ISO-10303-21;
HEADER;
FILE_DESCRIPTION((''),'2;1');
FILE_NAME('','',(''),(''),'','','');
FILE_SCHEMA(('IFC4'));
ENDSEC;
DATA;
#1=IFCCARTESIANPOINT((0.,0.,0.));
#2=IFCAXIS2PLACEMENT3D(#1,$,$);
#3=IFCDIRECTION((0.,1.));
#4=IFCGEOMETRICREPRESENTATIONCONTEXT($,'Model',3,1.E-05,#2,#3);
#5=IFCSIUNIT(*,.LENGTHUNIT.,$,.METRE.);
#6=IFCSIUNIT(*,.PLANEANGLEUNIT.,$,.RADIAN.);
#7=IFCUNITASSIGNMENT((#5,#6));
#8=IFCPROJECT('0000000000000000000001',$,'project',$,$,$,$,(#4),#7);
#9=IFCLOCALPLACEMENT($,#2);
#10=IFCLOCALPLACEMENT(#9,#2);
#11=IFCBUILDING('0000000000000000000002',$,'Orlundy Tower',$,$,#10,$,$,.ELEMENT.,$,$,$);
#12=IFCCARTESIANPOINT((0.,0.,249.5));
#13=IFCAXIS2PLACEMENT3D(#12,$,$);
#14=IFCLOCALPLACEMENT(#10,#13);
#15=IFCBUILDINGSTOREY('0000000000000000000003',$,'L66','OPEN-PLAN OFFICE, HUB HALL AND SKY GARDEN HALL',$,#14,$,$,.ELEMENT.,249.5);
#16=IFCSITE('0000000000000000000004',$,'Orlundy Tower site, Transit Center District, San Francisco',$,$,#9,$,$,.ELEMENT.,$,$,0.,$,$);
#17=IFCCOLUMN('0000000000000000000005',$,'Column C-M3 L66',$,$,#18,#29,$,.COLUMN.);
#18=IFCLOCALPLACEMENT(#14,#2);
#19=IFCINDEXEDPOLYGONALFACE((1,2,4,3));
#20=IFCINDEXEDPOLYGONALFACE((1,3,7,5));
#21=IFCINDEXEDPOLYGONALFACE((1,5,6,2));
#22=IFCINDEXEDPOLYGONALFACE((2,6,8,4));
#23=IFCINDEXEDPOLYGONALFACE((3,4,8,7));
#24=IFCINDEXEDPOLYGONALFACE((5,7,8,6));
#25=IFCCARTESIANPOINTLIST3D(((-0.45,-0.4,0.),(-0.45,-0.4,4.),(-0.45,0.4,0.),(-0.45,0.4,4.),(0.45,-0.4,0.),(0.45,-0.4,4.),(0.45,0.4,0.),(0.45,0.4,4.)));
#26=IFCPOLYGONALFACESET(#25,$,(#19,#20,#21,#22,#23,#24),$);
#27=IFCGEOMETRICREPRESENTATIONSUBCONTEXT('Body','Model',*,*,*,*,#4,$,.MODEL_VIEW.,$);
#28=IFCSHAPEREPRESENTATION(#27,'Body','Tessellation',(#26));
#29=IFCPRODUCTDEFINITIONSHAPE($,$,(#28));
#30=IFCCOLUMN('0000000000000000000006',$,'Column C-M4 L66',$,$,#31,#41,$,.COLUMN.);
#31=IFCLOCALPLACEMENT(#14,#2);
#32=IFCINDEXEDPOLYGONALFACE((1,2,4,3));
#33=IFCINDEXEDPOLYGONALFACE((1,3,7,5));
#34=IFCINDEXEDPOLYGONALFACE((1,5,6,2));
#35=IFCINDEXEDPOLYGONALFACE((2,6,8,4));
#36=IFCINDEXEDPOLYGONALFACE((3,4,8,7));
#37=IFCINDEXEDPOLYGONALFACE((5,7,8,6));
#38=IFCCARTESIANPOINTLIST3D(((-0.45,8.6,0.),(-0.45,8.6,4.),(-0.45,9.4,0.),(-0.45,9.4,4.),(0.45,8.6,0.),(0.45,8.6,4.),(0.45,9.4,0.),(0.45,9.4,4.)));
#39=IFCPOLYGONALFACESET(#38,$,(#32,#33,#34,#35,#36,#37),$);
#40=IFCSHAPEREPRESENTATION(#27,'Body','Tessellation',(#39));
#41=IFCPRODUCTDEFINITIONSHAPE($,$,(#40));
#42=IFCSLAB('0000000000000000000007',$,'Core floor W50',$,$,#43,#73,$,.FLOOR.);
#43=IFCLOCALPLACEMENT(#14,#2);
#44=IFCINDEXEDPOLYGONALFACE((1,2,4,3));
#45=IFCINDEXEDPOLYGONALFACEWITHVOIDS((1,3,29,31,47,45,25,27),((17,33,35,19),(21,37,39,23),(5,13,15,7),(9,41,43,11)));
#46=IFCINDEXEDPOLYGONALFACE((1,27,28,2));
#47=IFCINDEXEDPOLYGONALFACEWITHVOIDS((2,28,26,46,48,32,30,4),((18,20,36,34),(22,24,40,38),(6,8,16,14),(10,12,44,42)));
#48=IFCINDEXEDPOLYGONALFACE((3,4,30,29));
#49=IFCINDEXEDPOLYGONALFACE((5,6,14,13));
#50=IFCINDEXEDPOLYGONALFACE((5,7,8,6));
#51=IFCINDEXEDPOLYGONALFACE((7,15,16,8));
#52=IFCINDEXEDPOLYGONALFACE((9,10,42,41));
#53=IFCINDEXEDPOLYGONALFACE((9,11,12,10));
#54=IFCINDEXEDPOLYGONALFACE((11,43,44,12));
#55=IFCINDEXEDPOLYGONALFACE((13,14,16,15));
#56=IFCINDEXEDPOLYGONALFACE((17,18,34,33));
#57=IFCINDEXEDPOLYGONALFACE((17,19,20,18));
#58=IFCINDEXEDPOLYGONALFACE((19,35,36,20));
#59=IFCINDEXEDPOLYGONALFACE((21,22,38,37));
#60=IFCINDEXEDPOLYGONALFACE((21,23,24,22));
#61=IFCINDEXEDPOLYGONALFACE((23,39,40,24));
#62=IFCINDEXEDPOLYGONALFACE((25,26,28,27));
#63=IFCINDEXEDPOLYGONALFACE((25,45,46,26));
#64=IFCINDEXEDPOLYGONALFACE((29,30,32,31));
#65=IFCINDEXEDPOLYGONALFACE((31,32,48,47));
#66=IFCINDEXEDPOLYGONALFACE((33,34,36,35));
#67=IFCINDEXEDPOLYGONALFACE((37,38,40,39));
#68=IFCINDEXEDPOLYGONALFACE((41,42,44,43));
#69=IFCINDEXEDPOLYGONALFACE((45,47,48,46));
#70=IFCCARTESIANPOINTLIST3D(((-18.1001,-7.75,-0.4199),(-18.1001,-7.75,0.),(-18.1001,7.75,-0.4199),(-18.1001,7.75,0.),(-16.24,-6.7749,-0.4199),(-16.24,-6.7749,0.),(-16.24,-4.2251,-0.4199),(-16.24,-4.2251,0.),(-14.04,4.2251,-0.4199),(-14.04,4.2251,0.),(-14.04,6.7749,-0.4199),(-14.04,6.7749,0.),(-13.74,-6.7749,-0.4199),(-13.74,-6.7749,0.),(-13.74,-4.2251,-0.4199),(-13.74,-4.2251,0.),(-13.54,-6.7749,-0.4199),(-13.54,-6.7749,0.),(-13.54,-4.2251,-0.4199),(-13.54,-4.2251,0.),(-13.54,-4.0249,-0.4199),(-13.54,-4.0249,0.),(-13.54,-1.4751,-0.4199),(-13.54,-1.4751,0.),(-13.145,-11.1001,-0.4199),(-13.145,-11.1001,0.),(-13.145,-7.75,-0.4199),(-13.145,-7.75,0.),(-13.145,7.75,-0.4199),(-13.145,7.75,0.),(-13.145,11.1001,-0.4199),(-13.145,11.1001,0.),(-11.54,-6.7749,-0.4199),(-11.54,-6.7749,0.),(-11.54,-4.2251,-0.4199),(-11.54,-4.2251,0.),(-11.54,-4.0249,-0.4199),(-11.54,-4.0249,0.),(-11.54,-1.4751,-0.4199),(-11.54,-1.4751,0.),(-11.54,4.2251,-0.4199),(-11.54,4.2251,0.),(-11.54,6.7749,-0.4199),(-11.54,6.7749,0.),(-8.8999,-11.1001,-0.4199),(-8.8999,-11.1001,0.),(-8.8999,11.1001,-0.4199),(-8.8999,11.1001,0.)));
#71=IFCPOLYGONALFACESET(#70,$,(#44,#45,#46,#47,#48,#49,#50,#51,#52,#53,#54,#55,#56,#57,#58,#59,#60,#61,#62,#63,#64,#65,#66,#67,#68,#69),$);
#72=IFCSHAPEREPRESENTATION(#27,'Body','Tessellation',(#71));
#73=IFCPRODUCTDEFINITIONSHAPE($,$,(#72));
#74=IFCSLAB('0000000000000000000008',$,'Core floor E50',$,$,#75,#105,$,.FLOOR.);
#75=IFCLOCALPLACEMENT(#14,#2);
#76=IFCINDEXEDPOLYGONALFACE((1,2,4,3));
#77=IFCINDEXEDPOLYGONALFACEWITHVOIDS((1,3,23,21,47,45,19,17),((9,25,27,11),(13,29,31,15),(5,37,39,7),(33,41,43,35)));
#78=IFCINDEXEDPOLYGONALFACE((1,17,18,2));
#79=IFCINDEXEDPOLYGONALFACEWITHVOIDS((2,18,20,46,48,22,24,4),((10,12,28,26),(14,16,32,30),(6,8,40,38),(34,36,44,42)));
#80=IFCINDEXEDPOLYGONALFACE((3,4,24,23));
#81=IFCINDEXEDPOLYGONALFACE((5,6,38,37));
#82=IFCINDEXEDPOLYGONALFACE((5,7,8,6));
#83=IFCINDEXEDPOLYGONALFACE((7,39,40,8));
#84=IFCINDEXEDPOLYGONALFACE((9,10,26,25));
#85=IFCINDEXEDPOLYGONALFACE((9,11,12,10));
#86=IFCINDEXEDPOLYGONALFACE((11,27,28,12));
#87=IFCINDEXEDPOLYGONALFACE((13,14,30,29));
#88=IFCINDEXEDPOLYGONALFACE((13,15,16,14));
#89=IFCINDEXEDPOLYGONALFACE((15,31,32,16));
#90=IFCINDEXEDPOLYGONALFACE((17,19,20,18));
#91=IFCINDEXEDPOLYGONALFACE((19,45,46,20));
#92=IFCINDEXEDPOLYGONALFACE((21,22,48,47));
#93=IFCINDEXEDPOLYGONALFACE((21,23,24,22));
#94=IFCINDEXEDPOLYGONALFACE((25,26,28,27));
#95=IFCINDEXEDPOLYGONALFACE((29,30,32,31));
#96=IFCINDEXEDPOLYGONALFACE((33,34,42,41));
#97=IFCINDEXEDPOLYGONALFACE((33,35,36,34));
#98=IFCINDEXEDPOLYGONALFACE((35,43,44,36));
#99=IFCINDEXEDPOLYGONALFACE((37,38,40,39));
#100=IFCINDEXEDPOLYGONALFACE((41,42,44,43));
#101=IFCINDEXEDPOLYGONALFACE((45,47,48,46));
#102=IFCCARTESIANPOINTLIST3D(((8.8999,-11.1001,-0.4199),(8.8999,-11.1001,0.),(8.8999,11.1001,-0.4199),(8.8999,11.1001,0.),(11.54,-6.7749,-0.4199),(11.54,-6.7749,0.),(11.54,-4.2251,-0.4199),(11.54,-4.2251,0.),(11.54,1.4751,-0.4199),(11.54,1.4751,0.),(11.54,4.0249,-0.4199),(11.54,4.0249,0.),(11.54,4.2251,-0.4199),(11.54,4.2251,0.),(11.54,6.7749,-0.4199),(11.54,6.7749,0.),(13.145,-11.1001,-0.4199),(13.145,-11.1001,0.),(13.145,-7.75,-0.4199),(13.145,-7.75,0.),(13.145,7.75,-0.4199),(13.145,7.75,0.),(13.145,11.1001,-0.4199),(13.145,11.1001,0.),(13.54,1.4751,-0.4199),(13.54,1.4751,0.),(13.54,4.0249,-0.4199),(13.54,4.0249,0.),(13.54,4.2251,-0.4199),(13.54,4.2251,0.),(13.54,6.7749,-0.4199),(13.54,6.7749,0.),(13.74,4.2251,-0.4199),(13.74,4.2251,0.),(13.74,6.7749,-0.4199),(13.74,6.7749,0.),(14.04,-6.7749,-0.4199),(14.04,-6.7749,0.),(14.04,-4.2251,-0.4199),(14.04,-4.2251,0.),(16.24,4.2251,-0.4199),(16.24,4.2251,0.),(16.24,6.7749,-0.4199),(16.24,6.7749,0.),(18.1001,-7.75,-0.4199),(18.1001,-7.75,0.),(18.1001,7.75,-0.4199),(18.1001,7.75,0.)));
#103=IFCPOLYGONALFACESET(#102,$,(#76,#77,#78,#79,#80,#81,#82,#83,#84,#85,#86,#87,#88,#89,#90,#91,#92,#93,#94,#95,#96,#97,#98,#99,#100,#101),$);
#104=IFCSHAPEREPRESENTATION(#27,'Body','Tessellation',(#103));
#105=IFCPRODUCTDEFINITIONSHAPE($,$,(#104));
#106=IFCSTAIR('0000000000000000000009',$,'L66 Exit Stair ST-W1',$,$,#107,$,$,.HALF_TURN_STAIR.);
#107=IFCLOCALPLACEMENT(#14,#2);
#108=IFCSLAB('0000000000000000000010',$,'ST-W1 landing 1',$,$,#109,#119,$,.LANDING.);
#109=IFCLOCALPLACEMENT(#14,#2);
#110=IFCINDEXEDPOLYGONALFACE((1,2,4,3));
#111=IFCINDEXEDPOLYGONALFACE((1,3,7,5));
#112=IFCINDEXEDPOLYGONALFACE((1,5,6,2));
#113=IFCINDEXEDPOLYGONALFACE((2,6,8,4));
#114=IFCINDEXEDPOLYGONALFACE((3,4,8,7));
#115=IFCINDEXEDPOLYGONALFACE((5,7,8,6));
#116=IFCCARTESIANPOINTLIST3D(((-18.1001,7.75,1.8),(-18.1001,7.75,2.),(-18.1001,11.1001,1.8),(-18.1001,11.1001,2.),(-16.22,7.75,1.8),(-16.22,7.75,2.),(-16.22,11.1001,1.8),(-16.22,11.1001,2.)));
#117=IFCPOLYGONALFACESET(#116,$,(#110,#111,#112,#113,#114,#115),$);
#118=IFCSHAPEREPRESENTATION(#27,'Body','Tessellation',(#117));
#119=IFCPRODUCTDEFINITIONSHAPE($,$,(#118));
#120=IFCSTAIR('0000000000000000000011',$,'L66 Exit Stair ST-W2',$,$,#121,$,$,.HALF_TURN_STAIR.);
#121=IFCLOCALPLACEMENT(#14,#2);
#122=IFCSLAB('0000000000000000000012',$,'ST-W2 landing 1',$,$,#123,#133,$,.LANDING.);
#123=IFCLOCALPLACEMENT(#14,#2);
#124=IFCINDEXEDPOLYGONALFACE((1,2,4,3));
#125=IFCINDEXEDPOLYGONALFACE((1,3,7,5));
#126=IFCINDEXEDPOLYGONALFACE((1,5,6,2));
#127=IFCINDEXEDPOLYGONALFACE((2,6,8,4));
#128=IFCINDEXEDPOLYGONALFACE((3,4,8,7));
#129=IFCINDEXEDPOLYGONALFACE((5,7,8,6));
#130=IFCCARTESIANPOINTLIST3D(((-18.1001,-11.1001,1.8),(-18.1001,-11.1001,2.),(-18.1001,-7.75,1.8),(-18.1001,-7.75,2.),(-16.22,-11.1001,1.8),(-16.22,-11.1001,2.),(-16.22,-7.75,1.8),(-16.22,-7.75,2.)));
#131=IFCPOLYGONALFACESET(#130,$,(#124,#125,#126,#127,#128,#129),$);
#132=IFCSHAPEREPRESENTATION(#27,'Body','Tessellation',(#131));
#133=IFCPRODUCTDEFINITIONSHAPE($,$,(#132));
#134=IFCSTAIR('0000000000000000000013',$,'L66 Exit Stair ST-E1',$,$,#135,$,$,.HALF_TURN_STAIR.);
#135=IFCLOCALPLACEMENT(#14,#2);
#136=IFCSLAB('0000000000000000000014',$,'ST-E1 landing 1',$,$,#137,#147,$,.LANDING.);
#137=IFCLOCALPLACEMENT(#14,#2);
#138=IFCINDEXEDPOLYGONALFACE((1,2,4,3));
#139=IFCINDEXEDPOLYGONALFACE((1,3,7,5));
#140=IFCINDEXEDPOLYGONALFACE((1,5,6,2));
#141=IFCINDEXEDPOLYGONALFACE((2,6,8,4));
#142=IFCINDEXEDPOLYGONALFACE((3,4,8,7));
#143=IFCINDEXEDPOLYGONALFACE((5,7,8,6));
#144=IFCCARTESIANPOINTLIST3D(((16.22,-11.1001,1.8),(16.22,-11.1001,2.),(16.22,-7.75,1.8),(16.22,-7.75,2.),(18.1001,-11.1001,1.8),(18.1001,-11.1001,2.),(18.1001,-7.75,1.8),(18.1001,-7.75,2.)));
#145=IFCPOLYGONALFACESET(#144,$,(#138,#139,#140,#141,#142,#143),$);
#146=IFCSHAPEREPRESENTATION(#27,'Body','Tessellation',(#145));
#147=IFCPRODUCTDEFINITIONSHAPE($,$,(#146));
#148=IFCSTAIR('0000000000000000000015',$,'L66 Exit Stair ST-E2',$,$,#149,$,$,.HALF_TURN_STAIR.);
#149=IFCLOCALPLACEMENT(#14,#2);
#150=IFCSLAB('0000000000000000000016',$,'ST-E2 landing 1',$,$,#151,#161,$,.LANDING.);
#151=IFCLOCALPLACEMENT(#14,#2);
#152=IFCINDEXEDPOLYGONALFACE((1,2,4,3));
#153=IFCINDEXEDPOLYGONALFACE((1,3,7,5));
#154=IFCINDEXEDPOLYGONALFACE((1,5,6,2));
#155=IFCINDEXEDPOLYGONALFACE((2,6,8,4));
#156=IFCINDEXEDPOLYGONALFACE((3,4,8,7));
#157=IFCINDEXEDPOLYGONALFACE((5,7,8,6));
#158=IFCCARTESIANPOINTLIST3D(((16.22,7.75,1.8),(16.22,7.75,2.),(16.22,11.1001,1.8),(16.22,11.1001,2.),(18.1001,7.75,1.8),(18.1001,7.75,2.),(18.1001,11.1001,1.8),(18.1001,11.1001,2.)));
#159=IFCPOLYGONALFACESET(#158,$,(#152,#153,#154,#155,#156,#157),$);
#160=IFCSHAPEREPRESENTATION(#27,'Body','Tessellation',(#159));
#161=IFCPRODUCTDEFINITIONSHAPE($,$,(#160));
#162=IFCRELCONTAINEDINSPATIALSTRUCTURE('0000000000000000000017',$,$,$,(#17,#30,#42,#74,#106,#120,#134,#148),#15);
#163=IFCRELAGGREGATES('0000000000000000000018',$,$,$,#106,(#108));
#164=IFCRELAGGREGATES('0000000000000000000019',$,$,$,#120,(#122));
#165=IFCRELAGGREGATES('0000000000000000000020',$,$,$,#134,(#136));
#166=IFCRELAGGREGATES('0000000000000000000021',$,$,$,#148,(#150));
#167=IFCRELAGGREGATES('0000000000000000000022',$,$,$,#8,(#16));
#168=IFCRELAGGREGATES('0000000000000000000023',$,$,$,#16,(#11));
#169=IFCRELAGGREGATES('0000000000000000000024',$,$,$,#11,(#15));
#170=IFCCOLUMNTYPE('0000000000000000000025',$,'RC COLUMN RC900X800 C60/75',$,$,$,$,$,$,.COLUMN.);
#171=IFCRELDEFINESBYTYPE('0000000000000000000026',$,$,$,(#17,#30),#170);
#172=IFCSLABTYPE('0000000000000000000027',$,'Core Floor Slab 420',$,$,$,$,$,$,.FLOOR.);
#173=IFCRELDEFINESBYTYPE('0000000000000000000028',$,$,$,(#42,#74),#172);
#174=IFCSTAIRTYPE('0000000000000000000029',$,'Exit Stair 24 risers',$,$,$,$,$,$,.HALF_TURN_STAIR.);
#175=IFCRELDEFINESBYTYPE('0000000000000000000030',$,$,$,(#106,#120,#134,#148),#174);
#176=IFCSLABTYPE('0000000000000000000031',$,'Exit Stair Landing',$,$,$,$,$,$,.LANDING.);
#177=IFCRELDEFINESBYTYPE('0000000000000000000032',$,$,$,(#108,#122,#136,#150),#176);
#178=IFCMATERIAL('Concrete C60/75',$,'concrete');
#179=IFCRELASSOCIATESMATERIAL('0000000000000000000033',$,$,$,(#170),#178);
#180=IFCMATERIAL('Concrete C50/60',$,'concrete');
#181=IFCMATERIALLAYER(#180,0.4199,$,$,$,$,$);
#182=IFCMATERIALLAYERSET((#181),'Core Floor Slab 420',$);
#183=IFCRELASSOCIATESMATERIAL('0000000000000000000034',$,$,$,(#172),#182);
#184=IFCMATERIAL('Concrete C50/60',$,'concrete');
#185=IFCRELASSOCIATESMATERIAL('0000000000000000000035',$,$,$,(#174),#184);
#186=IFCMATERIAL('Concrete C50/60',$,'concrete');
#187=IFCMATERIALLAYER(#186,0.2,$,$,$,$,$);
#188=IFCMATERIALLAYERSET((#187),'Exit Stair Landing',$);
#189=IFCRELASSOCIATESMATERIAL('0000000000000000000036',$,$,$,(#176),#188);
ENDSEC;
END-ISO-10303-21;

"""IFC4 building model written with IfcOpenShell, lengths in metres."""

from ifc_helpers import new_model, si_unit, direction, frame, origin, origin_2d, place, context, subcontext, project, spatial, polyline, rectangle, outline, extrude, material, layer, layer_set, material_profile, profile_set, type_object, element, aggregate, save


model = new_model("IFC4")

# Units and contexts
model_context = context("Model", 3, precision=1e-05, world=origin(), true_north=direction((0.0, 1.0)))
body_context = subcontext(model_context, "Body", "Model", "MODEL_VIEW")
ifc_project = project(units=[si_unit("LENGTHUNIT", "METRE"), si_unit("PLANEANGLEUNIT", "RADIAN")], contexts=[model_context])

# Site, building, storey
site_placement = place(None, origin())
site = spatial("IfcSite", under=ifc_project, at=site_placement, Name="Orlundy Tower site, Transit Center District, San Francisco", CompositionType="ELEMENT", RefElevation=0.0)
building_placement = place(site_placement, origin())
building = spatial("IfcBuilding", under=site, at=building_placement, Name="Orlundy Tower", CompositionType="ELEMENT")
storey_placement = place(building_placement, frame((0.0, 0.0, 249.5)))
storey = spatial("IfcBuildingStorey", under=building, at=storey_placement, Name="L66", Description="OPEN-PLAN OFFICE, HUB HALL AND SKY GARDEN HALL", CompositionType="ELEMENT", Elevation=249.5)

# Columns
ifc_material_1 = material(Name="Concrete C60/75", Category="concrete")
ifc_material_profile = material_profile(ifc_material_1, rectangle(XDim=0.8999, YDim=0.8, at=origin_2d()), Name="RC900X800")
ifc_profile_set = profile_set([ifc_material_profile], Name="Concrete C60/75")
column_type = type_object("IfcColumnType", Name="RC COLUMN RC900X800 C60/75", PredefinedType="COLUMN", material=ifc_profile_set)
for number, where, z_axis, x_axis, name in (
    (1, (0.0, 0.0, 0.0), (0.0, 0.0, 1.0), (1.0, 0.0, 0.0), "Column C-M3 L66"),
    (2, (0.0, 9.0, 0.0), (0.0, 0.0, 1.0), (1.0, 0.0, 0.0), "Column C-M4 L66"),
):
    element("IfcColumn", number, at=place(storey_placement, frame(where, z_axis=z_axis, x_axis=x_axis)), inside=storey, type_object=column_type, Name=name, PredefinedType="COLUMN", context=body_context, shape_type="SweptSolid", body=[
        extrude(rectangle(XDim=0.8999, YDim=0.8, at=origin_2d()), origin(), (0.0, 0.0, 1.0), 4.0),
    ])

# Slabs
ifc_material_2 = material(Name="Concrete C50/60", Category="concrete")
ifc_layer_1 = layer(ifc_material_2, 0.4199)
ifc_layer_set_1 = layer_set([ifc_layer_1], Name="Core Floor Slab 420")
slab_type_1 = type_object("IfcSlabType", Name="Core Floor Slab 420", PredefinedType="FLOOR", material=ifc_layer_set_1)
slab_1_placement = place(storey_placement, frame((0.0, 0.0, -0.4199)))
element("IfcSlab", 3, at=slab_1_placement, inside=storey, type_object=slab_type_1, Name="Core floor W50", PredefinedType="FLOOR", context=body_context, shape_type="SweptSolid", body=[
    extrude(outline(polyline([(-18.1001, 7.75), (-13.145, 7.75), (-13.145, 11.1001), (-8.8999, 11.1001), (-8.8999, -11.1001), (-13.145, -11.1001), (-13.145, -7.75), (-18.1001, -7.75), (-18.1001, 7.75)]), holes=[polyline([(-13.54, -4.2251), (-13.54, -6.7749), (-11.54, -6.7749), (-11.54, -4.2251), (-13.54, -4.2251)]), polyline([(-13.74, -4.2251), (-16.24, -4.2251), (-16.24, -6.7749), (-13.74, -6.7749), (-13.74, -4.2251)]), polyline([(-11.54, -4.0249), (-11.54, -1.4751), (-13.54, -1.4751), (-13.54, -4.0249), (-11.54, -4.0249)]), polyline([(-14.04, 4.2251), (-11.54, 4.2251), (-11.54, 6.7749), (-14.04, 6.7749), (-14.04, 4.2251)])]), origin(), (0.0, 0.0, 1.0), 0.4199),
])
slab_2_placement = place(storey_placement, frame((0.0, 0.0, -0.4199)))
element("IfcSlab", 4, at=slab_2_placement, inside=storey, type_object=slab_type_1, Name="Core floor E50", PredefinedType="FLOOR", context=body_context, shape_type="SweptSolid", body=[
    extrude(outline(polyline([(18.1001, -7.75), (13.145, -7.75), (13.145, -11.1001), (8.8999, -11.1001), (8.8999, 11.1001), (13.145, 11.1001), (13.145, 7.75), (18.1001, 7.75), (18.1001, -7.75)]), holes=[polyline([(13.54, 4.2251), (13.54, 6.7749), (11.54, 6.7749), (11.54, 4.2251), (13.54, 4.2251)]), polyline([(13.74, 4.2251), (16.24, 4.2251), (16.24, 6.7749), (13.74, 6.7749), (13.74, 4.2251)]), polyline([(11.54, 4.0249), (11.54, 1.4751), (13.54, 1.4751), (13.54, 4.0249), (11.54, 4.0249)]), polyline([(14.04, -4.2251), (11.54, -4.2251), (11.54, -6.7749), (14.04, -6.7749), (14.04, -4.2251)])]), origin(), (0.0, 0.0, 1.0), 0.4199),
])

# Stairs, slabs
ifc_material_3 = material(Name="Concrete C50/60", Category="concrete")
stair_type = type_object("IfcStairType", Name="Exit Stair 24 risers", PredefinedType="HALF_TURN_STAIR", material=ifc_material_3)
stair_1_placement = place(storey_placement, origin())
stair_1 = element("IfcStair", 5, at=stair_1_placement, inside=storey, type_object=stair_type, Name="L66 Exit Stair ST-W1", PredefinedType="HALF_TURN_STAIR")
ifc_material_4 = material(Name="Concrete C50/60", Category="concrete")
ifc_layer_2 = layer(ifc_material_4, 0.2)
ifc_layer_set_2 = layer_set([ifc_layer_2], Name="Exit Stair Landing")
slab_type_2 = type_object("IfcSlabType", Name="Exit Stair Landing", PredefinedType="LANDING", material=ifc_layer_set_2)
slab_3_placement = place(storey_placement, frame((0.0, 0.0, 1.8)))
slab_3 = element("IfcSlab", 6, at=slab_3_placement, type_object=slab_type_2, Name="ST-W1 landing 1", PredefinedType="LANDING", context=body_context, shape_type="SweptSolid", body=[
    extrude(outline(polyline([(-16.22, 11.1001), (-18.1001, 11.1001), (-18.1001, 7.75), (-16.22, 7.75), (-16.22, 11.1001)])), origin(), (0.0, 0.0, 1.0), 0.2),
])
aggregate(stair_1, [slab_3])
stair_2_placement = place(storey_placement, origin())
stair_2 = element("IfcStair", 7, at=stair_2_placement, inside=storey, type_object=stair_type, Name="L66 Exit Stair ST-W2", PredefinedType="HALF_TURN_STAIR")
slab_4_placement = place(storey_placement, frame((0.0, 0.0, 1.8)))
slab_4 = element("IfcSlab", 8, at=slab_4_placement, type_object=slab_type_2, Name="ST-W2 landing 1", PredefinedType="LANDING", context=body_context, shape_type="SweptSolid", body=[
    extrude(outline(polyline([(-16.22, -7.75), (-18.1001, -7.75), (-18.1001, -11.1001), (-16.22, -11.1001), (-16.22, -7.75)])), origin(), (0.0, 0.0, 1.0), 0.2),
])
aggregate(stair_2, [slab_4])
stair_3_placement = place(storey_placement, origin())
stair_3 = element("IfcStair", 9, at=stair_3_placement, inside=storey, type_object=stair_type, Name="L66 Exit Stair ST-E1", PredefinedType="HALF_TURN_STAIR")
slab_5_placement = place(storey_placement, frame((0.0, 0.0, 1.8)))
slab_5 = element("IfcSlab", 10, at=slab_5_placement, type_object=slab_type_2, Name="ST-E1 landing 1", PredefinedType="LANDING", context=body_context, shape_type="SweptSolid", body=[
    extrude(outline(polyline([(16.22, -11.1001), (18.1001, -11.1001), (18.1001, -7.75), (16.22, -7.75), (16.22, -11.1001)])), origin(), (0.0, 0.0, 1.0), 0.2),
])
aggregate(stair_3, [slab_5])
stair_4_placement = place(storey_placement, origin())
stair_4 = element("IfcStair", 11, at=stair_4_placement, inside=storey, type_object=stair_type, Name="L66 Exit Stair ST-E2", PredefinedType="HALF_TURN_STAIR")
slab_6_placement = place(storey_placement, frame((0.0, 0.0, 1.8)))
slab_6 = element("IfcSlab", 12, at=slab_6_placement, type_object=slab_type_2, Name="ST-E2 landing 1", PredefinedType="LANDING", context=body_context, shape_type="SweptSolid", body=[
    extrude(outline(polyline([(16.22, 7.75), (18.1001, 7.75), (18.1001, 11.1001), (16.22, 11.1001), (16.22, 7.75)])), origin(), (0.0, 0.0, 1.0), 0.2),
])
aggregate(stair_4, [slab_6])

save(model, "model.ifc")
